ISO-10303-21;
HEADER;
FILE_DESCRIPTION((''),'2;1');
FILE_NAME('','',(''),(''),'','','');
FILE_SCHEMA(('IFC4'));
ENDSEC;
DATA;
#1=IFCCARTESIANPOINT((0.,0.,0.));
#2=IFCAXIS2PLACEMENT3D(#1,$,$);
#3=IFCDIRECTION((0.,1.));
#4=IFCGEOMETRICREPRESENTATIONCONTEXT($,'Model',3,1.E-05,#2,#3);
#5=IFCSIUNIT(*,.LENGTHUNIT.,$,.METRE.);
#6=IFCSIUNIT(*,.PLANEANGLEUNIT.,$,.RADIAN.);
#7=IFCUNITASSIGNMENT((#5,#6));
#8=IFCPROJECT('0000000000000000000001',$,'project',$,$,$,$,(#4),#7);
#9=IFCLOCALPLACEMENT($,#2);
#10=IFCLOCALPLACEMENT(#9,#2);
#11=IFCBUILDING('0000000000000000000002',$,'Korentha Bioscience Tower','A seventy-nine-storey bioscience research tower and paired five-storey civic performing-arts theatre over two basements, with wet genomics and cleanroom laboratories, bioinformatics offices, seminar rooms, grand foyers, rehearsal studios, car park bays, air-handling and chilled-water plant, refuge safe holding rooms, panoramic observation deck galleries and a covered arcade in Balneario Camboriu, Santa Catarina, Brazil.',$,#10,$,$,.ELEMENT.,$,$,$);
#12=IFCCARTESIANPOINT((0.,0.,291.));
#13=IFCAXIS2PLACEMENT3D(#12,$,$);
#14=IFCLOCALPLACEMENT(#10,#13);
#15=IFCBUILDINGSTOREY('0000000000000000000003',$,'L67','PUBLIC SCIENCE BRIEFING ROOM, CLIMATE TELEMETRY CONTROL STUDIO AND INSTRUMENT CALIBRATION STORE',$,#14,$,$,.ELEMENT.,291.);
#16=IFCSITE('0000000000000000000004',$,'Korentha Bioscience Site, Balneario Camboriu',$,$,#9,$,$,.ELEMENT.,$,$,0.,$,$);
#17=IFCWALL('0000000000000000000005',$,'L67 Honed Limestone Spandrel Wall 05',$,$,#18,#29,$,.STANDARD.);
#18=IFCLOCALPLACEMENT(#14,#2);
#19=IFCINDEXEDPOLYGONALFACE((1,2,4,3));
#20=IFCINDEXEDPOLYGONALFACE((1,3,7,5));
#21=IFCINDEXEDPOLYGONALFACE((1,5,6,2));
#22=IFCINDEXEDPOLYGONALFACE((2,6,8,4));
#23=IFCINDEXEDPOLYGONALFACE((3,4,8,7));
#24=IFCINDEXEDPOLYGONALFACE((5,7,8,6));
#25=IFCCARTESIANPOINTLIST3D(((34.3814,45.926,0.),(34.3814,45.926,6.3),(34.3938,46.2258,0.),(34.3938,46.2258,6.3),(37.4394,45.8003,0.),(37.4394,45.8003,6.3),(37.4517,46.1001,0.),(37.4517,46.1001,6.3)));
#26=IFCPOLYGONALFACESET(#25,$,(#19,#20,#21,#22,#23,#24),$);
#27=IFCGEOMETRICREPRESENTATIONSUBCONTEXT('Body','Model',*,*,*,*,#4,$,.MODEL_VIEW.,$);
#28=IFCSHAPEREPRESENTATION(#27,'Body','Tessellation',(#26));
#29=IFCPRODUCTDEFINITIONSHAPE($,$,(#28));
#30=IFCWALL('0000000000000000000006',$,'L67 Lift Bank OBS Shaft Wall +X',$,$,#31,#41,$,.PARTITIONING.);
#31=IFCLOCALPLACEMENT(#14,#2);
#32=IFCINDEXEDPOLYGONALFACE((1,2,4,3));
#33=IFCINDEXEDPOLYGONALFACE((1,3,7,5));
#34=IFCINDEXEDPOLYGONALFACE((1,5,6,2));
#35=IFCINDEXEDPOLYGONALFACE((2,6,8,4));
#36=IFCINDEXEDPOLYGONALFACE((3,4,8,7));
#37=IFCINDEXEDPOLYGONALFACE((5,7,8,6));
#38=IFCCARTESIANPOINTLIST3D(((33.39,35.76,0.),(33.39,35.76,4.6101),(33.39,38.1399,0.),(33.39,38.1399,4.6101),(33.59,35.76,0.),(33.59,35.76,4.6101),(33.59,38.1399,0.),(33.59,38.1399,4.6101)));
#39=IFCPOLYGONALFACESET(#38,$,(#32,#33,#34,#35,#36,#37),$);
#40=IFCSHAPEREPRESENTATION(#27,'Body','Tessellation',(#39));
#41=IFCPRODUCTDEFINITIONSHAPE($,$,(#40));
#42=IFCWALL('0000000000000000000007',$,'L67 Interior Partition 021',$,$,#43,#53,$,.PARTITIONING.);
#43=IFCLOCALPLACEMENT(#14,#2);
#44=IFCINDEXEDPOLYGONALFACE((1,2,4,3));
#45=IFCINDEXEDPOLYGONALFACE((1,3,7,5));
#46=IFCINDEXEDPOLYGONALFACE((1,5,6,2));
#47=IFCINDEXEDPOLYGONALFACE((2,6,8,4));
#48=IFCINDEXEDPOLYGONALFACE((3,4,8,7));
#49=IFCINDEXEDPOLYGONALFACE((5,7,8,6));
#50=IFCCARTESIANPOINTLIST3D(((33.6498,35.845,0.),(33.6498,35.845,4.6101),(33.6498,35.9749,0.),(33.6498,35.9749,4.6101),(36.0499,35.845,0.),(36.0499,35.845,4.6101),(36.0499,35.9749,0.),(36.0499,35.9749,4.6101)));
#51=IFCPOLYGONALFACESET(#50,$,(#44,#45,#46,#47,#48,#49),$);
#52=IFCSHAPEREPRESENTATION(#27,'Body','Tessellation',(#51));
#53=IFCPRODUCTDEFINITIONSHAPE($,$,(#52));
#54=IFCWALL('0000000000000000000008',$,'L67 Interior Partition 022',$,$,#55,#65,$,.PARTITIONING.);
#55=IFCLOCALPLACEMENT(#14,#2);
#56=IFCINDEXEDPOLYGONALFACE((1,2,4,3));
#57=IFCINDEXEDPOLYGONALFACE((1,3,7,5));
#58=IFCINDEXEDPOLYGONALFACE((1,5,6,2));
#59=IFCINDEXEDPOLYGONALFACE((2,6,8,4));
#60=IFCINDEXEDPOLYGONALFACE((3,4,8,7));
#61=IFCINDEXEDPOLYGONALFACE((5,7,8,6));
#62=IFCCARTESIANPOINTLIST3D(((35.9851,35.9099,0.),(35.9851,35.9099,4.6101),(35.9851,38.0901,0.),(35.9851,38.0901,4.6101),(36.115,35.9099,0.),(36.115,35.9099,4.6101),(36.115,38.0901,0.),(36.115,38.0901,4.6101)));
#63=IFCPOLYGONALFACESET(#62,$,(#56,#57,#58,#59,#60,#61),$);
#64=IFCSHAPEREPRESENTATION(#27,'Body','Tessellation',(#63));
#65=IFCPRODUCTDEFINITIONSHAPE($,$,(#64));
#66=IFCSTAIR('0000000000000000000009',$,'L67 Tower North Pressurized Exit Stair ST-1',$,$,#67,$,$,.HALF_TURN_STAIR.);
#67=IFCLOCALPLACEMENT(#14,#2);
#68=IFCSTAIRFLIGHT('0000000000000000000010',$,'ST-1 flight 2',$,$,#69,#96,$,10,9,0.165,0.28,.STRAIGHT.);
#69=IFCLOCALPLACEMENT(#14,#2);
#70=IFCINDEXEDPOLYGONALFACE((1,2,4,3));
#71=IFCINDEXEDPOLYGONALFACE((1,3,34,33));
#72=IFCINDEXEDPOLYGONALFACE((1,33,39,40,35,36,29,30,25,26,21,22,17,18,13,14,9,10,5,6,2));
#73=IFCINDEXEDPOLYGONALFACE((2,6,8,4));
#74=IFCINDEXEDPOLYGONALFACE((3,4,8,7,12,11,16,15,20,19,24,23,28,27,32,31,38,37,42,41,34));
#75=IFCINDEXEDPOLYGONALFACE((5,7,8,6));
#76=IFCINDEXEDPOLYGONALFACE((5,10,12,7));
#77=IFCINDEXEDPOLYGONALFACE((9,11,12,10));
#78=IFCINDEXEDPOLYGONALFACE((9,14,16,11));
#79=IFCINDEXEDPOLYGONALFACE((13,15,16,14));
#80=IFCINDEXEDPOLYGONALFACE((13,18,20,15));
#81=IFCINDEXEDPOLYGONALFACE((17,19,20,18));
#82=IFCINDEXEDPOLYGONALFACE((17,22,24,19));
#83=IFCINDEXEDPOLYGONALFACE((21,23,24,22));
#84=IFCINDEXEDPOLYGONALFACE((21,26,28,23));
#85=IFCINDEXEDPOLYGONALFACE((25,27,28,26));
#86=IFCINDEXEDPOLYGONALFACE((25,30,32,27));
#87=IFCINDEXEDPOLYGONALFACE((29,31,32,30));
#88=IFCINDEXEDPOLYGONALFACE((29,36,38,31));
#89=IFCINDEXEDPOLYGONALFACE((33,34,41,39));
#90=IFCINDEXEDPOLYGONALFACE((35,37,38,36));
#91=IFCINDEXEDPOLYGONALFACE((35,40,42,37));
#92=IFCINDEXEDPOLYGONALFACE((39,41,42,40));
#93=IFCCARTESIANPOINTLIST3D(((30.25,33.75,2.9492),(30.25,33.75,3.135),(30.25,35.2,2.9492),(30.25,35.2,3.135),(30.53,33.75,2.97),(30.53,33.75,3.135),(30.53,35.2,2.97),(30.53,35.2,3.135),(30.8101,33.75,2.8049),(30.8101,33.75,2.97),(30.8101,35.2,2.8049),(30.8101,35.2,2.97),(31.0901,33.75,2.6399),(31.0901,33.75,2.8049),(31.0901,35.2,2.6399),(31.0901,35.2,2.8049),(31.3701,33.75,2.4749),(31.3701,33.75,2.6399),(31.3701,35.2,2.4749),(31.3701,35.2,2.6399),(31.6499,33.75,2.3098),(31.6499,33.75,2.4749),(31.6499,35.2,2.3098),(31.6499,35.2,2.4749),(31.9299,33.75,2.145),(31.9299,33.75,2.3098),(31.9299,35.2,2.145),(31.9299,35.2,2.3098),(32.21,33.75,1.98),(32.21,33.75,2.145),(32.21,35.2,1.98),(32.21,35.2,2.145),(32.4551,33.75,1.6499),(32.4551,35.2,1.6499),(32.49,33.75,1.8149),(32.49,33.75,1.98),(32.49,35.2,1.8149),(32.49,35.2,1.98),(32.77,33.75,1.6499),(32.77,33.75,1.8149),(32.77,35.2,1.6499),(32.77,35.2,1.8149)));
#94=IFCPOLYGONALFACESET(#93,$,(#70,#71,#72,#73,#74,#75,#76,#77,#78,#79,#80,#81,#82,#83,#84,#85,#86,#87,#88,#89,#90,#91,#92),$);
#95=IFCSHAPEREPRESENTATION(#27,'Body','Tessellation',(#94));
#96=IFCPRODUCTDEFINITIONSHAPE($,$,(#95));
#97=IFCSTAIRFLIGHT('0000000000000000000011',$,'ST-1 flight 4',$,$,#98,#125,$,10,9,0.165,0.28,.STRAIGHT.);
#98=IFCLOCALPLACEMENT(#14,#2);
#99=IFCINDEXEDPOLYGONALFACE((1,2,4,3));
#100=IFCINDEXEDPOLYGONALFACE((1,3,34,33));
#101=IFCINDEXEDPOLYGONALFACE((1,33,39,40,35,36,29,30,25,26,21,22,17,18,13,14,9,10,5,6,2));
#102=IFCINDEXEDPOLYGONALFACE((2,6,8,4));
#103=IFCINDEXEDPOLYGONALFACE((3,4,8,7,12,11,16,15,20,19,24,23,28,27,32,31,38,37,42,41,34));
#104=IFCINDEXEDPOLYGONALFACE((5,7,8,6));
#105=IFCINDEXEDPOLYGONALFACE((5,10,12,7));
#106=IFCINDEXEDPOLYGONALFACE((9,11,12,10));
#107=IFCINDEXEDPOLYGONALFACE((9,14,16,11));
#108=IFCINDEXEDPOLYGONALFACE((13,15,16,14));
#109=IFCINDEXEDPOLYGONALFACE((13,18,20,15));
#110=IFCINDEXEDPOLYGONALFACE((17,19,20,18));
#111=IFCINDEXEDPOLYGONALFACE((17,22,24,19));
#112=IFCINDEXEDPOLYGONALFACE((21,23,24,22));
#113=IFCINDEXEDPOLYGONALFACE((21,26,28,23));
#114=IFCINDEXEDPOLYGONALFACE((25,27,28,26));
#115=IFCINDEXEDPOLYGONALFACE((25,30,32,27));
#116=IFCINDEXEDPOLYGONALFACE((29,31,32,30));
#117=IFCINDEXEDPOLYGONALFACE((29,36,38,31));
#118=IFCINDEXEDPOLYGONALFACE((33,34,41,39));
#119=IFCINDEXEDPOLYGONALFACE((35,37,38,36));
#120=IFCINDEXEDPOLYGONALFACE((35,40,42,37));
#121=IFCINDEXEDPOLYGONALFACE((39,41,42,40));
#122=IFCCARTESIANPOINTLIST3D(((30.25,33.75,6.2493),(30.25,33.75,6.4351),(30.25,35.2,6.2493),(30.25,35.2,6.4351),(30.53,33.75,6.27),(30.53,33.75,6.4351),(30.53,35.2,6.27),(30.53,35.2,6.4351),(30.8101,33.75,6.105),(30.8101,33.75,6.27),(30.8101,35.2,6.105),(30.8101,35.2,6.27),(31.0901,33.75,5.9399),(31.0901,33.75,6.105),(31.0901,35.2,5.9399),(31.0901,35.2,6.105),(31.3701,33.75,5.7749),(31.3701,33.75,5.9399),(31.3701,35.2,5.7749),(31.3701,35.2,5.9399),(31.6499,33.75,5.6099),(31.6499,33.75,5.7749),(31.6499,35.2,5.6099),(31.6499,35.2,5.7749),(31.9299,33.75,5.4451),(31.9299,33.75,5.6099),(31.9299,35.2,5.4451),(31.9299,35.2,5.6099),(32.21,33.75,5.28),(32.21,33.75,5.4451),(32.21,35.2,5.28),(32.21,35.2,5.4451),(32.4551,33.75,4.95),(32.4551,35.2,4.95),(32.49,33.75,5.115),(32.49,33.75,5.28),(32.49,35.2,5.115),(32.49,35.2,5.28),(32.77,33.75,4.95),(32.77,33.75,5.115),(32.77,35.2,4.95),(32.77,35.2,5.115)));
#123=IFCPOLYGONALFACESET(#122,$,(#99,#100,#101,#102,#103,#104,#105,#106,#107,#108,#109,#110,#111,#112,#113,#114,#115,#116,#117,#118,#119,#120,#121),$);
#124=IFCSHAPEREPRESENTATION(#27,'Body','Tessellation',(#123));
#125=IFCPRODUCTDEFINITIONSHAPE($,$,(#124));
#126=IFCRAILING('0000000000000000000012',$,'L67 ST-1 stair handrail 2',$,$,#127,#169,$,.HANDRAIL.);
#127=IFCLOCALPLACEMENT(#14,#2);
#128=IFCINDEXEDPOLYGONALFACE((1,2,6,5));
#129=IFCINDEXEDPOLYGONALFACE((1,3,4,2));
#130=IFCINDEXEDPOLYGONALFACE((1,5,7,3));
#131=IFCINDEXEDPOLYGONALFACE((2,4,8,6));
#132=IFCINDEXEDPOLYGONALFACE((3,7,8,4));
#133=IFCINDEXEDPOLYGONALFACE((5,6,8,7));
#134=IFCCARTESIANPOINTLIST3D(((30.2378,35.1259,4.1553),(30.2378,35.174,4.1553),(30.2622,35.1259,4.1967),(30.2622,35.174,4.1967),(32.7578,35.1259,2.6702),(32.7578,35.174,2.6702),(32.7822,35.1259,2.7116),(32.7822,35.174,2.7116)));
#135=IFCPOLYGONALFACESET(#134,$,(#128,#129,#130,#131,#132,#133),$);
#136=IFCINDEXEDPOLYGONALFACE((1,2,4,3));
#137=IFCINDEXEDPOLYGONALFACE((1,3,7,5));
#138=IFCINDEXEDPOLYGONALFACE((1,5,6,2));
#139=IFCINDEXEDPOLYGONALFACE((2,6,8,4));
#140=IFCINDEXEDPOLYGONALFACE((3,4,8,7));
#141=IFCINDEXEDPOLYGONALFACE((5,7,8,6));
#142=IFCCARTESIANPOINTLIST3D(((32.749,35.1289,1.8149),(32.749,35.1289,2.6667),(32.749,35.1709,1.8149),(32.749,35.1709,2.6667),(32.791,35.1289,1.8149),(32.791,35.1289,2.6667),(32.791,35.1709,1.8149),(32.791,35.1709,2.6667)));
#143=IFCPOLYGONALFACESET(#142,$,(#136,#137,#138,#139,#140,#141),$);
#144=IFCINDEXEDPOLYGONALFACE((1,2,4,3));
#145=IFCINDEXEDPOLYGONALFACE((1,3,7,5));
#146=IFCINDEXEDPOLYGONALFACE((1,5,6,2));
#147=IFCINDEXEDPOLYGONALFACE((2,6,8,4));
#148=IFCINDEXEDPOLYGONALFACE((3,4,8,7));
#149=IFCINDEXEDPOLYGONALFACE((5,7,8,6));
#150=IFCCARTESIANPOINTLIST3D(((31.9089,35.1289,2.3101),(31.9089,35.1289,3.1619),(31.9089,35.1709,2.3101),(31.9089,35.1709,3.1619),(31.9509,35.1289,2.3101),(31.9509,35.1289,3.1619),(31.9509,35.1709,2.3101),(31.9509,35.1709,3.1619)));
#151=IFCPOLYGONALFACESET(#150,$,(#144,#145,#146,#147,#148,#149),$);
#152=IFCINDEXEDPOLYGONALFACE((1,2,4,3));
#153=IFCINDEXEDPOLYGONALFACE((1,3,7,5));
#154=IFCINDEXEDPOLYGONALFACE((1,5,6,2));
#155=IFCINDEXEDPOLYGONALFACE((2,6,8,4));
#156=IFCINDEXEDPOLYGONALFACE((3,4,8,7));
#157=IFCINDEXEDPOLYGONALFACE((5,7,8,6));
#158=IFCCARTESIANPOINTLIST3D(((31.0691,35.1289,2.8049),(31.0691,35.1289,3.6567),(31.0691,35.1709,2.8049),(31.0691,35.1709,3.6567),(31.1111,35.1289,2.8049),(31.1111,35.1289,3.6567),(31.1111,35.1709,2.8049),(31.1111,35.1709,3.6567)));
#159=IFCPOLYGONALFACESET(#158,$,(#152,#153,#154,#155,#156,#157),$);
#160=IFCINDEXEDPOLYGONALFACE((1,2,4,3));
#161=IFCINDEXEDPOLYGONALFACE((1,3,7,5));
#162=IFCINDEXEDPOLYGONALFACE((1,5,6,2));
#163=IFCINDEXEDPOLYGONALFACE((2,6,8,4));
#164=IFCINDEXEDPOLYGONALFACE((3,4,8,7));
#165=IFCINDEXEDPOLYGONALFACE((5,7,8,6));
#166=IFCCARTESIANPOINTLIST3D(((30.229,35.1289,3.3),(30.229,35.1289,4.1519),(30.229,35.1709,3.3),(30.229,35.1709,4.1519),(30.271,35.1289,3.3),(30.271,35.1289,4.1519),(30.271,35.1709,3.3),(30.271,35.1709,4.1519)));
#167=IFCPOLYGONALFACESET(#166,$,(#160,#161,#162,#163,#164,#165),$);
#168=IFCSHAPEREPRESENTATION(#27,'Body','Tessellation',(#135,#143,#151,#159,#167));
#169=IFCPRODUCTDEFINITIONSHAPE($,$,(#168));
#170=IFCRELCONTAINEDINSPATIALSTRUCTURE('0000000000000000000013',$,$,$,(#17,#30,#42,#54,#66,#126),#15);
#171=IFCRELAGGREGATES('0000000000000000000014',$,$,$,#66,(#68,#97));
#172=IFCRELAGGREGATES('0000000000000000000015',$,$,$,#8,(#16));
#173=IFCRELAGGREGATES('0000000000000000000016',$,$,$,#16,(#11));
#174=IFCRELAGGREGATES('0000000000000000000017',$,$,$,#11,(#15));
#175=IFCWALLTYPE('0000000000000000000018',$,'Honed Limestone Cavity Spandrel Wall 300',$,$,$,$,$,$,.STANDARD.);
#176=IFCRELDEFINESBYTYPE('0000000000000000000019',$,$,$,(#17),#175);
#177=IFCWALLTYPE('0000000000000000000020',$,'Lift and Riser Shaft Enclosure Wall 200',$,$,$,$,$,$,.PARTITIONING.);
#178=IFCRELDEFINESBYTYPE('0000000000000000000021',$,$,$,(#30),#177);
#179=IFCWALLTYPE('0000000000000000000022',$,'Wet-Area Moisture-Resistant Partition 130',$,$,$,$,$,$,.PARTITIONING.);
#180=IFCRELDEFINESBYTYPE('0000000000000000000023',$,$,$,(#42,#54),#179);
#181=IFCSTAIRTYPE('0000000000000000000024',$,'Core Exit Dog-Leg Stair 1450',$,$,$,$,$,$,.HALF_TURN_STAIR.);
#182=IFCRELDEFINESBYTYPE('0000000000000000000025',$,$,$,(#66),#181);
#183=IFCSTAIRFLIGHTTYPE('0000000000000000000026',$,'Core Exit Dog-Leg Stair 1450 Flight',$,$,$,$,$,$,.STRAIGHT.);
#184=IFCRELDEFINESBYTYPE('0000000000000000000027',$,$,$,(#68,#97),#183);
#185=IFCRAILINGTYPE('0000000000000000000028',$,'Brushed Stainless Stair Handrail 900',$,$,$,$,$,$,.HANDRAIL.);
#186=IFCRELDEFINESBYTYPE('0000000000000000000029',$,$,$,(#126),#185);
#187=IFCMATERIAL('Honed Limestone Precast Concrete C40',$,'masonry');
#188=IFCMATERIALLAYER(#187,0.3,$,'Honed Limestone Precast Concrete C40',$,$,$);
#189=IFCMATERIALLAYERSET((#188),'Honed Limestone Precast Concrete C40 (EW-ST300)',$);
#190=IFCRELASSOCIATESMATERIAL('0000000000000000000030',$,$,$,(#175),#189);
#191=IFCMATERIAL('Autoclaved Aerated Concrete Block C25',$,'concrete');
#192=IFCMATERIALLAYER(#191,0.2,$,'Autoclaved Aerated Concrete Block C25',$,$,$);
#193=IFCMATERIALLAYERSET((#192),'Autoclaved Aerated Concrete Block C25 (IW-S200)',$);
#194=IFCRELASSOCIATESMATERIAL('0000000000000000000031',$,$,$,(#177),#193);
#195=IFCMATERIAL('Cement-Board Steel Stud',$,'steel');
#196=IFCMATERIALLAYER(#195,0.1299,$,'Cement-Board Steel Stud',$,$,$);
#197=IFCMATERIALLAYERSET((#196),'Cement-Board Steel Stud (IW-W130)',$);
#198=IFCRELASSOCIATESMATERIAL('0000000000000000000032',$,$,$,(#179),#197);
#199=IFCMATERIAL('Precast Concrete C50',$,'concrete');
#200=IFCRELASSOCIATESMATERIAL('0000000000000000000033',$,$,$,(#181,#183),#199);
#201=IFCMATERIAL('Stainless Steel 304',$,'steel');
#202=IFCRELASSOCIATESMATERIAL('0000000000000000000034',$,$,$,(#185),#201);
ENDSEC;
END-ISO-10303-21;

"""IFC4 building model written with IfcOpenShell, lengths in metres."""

from ifc_helpers import new_model, si_unit, direction, frame, frame_2d, origin, origin_2d, place, context, subcontext, project, spatial, polyline, rectangle, outline, extrude, material, layer, layer_set, type_object, element, aggregate, save


model = new_model("IFC4")

# Units and contexts
model_context = context("Model", 3, precision=1e-05, world=origin(), true_north=direction((0.0, 1.0)))
body_context = subcontext(model_context, "Body", "Model", "MODEL_VIEW")
ifc_project = project(units=[si_unit("LENGTHUNIT", "METRE"), si_unit("PLANEANGLEUNIT", "RADIAN")], contexts=[model_context])

# Site, building, storey
site_placement = place(None, origin())
site = spatial("IfcSite", under=ifc_project, at=site_placement, Name="Korentha Bioscience Site, Balneario Camboriu", CompositionType="ELEMENT", RefElevation=0.0)
building_placement = place(site_placement, origin())
building = spatial("IfcBuilding", under=site, at=building_placement, Name="Korentha Bioscience Tower", Description="A seventy-nine-storey bioscience research tower and paired five-storey civic performing-arts theatre over two basements, with wet genomics and cleanroom laboratories, bioinformatics offices, seminar rooms, grand foyers, rehearsal studios, car park bays, air-handling and chilled-water plant, refuge safe holding rooms, panoramic observation deck galleries and a covered arcade in Balneario Camboriu, Santa Catarina, Brazil.", CompositionType="ELEMENT")
storey_placement = place(building_placement, frame((0.0, 0.0, 291.0)))
storey = spatial("IfcBuildingStorey", under=building, at=storey_placement, Name="L67", Description="PUBLIC SCIENCE BRIEFING ROOM, CLIMATE TELEMETRY CONTROL STUDIO AND INSTRUMENT CALIBRATION STORE", CompositionType="ELEMENT", Elevation=291.0)

# Wall
ifc_material_1 = material(Name="Honed Limestone Precast Concrete C40", Category="masonry")
ifc_layer_1 = layer(ifc_material_1, 0.3, Name="Honed Limestone Precast Concrete C40")
ifc_layer_set_1 = layer_set([ifc_layer_1], Name="Honed Limestone Precast Concrete C40 (EW-ST300)")
wall_type_1 = type_object("IfcWallType", Name="Honed Limestone Cavity Spandrel Wall 300", PredefinedType="STANDARD", material=ifc_layer_set_1)
wall_1_placement = place(storey_placement, frame((37.4456, 45.9502, 0.0), z_axis=(0.0, 0.0, 1.0), x_axis=(-0.999156, 0.041083, 0.0)))
element("IfcWall", 1, at=wall_1_placement, inside=storey, type_object=wall_type_1, Name="L67 Honed Limestone Spandrel Wall 05", PredefinedType="STANDARD", context=body_context, shape_type="SweptSolid", body=[
    extrude(rectangle(XDim=3.0605, YDim=0.3, at=frame_2d((1.5303, 0.0))), origin(), (0.0, 0.0, 1.0), 6.3),
])

# Wall
ifc_material_2 = material(Name="Autoclaved Aerated Concrete Block C25", Category="concrete")
ifc_layer_2 = layer(ifc_material_2, 0.2, Name="Autoclaved Aerated Concrete Block C25")
ifc_layer_set_2 = layer_set([ifc_layer_2], Name="Autoclaved Aerated Concrete Block C25 (IW-S200)")
wall_type_2 = type_object("IfcWallType", Name="Lift and Riser Shaft Enclosure Wall 200", PredefinedType="PARTITIONING", material=ifc_layer_set_2)
wall_2_placement = place(storey_placement, frame((33.49, 35.76, 0.0), z_axis=(0.0, 0.0, 1.0), x_axis=(0.0, 1.0, 0.0)))
element("IfcWall", 2, at=wall_2_placement, inside=storey, type_object=wall_type_2, Name="L67 Lift Bank OBS Shaft Wall +X", PredefinedType="PARTITIONING", context=body_context, shape_type="SweptSolid", body=[
    extrude(rectangle(XDim=2.3799, YDim=0.2, at=frame_2d((1.1899, 0.0))), origin(), (0.0, 0.0, 1.0), 4.6101),
])

# Shared definitions
ifc_material_3 = material(Name="Cement-Board Steel Stud", Category="steel")
ifc_layer_3 = layer(ifc_material_3, 0.1299, Name="Cement-Board Steel Stud")
ifc_layer_set_3 = layer_set([ifc_layer_3], Name="Cement-Board Steel Stud (IW-W130)")
wall_type_3 = type_object("IfcWallType", Name="Wet-Area Moisture-Resistant Partition 130", PredefinedType="PARTITIONING", material=ifc_layer_set_3)

# Walls
wall_3_placement = place(storey_placement, frame((36.05, 35.9099, 0.0), z_axis=(0.0, 0.0, 1.0), x_axis=(-1.0, 0.0, 0.0)))
element("IfcWall", 3, at=wall_3_placement, inside=storey, type_object=wall_type_3, Name="L67 Interior Partition 021", PredefinedType="PARTITIONING", context=body_context, shape_type="SweptSolid", body=[
    extrude(rectangle(XDim=2.4001, YDim=0.1299, at=frame_2d((1.2002, 0.0))), origin(), (0.0, 0.0, 1.0), 4.6101),
])
wall_4_placement = place(storey_placement, frame((36.05, 38.0901, 0.0), z_axis=(0.0, 0.0, 1.0), x_axis=(0.0, -1.0, 0.0)))
element("IfcWall", 4, at=wall_4_placement, inside=storey, type_object=wall_type_3, Name="L67 Interior Partition 022", PredefinedType="PARTITIONING", context=body_context, shape_type="SweptSolid", body=[
    extrude(rectangle(XDim=2.1802, YDim=0.1299, at=frame_2d((1.0901, 0.0))), origin(), (0.0, 0.0, 1.0), 4.6101),
])

# Stair, stair flights
ifc_material_4 = material(Name="Precast Concrete C50", Category="concrete")
stair_type = type_object("IfcStairType", Name="Core Exit Dog-Leg Stair 1450", PredefinedType="HALF_TURN_STAIR", material=ifc_material_4)
stair_placement = place(storey_placement, origin())
stair = element("IfcStair", 5, at=stair_placement, inside=storey, type_object=stair_type, Name="L67 Tower North Pressurized Exit Stair ST-1", PredefinedType="HALF_TURN_STAIR")
stair_flight_type = type_object("IfcStairFlightType", Name="Core Exit Dog-Leg Stair 1450 Flight", PredefinedType="STRAIGHT", material=ifc_material_4)
stair_flight_1_placement = place(storey_placement, frame((32.77, 34.4751, 1.6499), z_axis=(0.0, 0.0, 1.0), x_axis=(-1.0, 0.0, 0.0)))
stair_flight_1 = element("IfcStairFlight", 6, at=stair_flight_1_placement, type_object=stair_flight_type, Name="ST-1 flight 2", NumberOfRisers=10, NumberOfTreads=9, PredefinedType="STRAIGHT", RiserHeight=0.165, TreadLength=0.28, context=body_context, shape_type="SweptSolid", body=[
    extrude(outline(polyline([(0.0, 0.0), (0.0, 0.165), (0.28, 0.165), (0.28, 0.3301), (0.5601, 0.3301), (0.5601, 0.4951), (0.8401, 0.4951), (0.8401, 0.6599), (1.1201, 0.6599), (1.1201, 0.825), (1.3999, 0.825), (1.3999, 0.99), (1.6799, 0.99), (1.6799, 1.155), (1.96, 1.155), (1.96, 1.3201), (2.24, 1.3201), (2.24, 1.4851), (2.52, 1.4851), (2.52, 1.6499), (2.52, 1.2993), (0.3149, 0.0), (0.0, 0.0)])), frame((0.0, 0.7251, 0.0), z_axis=(0.0, -1.0, 0.0), x_axis=(1.0, 0.0, 0.0)), (0.0, 0.0, 1.0), 1.45),
])
stair_flight_2_placement = place(storey_placement, frame((32.77, 34.4751, 4.95), z_axis=(0.0, 0.0, 1.0), x_axis=(-1.0, 0.0, 0.0)))
stair_flight_2 = element("IfcStairFlight", 7, at=stair_flight_2_placement, type_object=stair_flight_type, Name="ST-1 flight 4", NumberOfRisers=10, NumberOfTreads=9, PredefinedType="STRAIGHT", RiserHeight=0.165, TreadLength=0.28, context=body_context, shape_type="SweptSolid", body=[
    extrude(outline(polyline([(0.0, 0.0), (0.0, 0.165), (0.28, 0.165), (0.28, 0.3301), (0.5601, 0.3301), (0.5601, 0.4951), (0.8401, 0.4951), (0.8401, 0.6599), (1.1201, 0.6599), (1.1201, 0.825), (1.3999, 0.825), (1.3999, 0.99), (1.6799, 0.99), (1.6799, 1.155), (1.96, 1.155), (1.96, 1.3201), (2.24, 1.3201), (2.24, 1.4851), (2.52, 1.4851), (2.52, 1.6499), (2.52, 1.2993), (0.3149, 0.0), (0.0, 0.0)])), frame((0.0, 0.7251, 0.0), z_axis=(0.0, -1.0, 0.0), x_axis=(1.0, 0.0, 0.0)), (0.0, 0.0, 1.0), 1.45),
])
aggregate(stair, [stair_flight_1, stair_flight_2])

# Railing
ifc_material_5 = material(Name="Stainless Steel 304", Category="steel")
railing_type_1 = type_object("IfcRailingType", Name="Brushed Stainless Stair Handrail 900", PredefinedType="HANDRAIL", material=ifc_material_5)
for number, where, name in (
    (8, (32.77, 35.1499, 1.8149), "L67 ST-1 stair handrail 2"),
):
    element("IfcRailing", number, at=place(storey_placement, frame(where)), inside=storey, type_object=railing_type_1, Name=name, PredefinedType="HANDRAIL", context=body_context, shape_type="SweptSolid", body=[
        extrude(rectangle(XDim=0.0481, YDim=0.0481, at=origin_2d()), frame((0.0, 0.0, 0.876), z_axis=(-0.861524, 0.0, 0.507717), x_axis=(0.0, -1.0, 0.0)), (0.0, 0.0, 1.0), 2.925),
        extrude(rectangle(XDim=0.042, YDim=0.042, at=origin_2d()), origin(), (0.0, 0.0, 1.0), 0.8518),
        extrude(rectangle(XDim=0.042, YDim=0.042, at=origin_2d()), frame((-0.8401, 0.0, 0.4951)), (0.0, 0.0, 1.0), 0.8518),
        extrude(rectangle(XDim=0.042, YDim=0.042, at=origin_2d()), frame((-1.6799, 0.0, 0.99)), (0.0, 0.0, 1.0), 0.8518),
        extrude(rectangle(XDim=0.042, YDim=0.042, at=origin_2d()), frame((-2.52, 0.0, 1.4851)), (0.0, 0.0, 1.0), 0.8518),
    ])

save(model, "model.ifc")
